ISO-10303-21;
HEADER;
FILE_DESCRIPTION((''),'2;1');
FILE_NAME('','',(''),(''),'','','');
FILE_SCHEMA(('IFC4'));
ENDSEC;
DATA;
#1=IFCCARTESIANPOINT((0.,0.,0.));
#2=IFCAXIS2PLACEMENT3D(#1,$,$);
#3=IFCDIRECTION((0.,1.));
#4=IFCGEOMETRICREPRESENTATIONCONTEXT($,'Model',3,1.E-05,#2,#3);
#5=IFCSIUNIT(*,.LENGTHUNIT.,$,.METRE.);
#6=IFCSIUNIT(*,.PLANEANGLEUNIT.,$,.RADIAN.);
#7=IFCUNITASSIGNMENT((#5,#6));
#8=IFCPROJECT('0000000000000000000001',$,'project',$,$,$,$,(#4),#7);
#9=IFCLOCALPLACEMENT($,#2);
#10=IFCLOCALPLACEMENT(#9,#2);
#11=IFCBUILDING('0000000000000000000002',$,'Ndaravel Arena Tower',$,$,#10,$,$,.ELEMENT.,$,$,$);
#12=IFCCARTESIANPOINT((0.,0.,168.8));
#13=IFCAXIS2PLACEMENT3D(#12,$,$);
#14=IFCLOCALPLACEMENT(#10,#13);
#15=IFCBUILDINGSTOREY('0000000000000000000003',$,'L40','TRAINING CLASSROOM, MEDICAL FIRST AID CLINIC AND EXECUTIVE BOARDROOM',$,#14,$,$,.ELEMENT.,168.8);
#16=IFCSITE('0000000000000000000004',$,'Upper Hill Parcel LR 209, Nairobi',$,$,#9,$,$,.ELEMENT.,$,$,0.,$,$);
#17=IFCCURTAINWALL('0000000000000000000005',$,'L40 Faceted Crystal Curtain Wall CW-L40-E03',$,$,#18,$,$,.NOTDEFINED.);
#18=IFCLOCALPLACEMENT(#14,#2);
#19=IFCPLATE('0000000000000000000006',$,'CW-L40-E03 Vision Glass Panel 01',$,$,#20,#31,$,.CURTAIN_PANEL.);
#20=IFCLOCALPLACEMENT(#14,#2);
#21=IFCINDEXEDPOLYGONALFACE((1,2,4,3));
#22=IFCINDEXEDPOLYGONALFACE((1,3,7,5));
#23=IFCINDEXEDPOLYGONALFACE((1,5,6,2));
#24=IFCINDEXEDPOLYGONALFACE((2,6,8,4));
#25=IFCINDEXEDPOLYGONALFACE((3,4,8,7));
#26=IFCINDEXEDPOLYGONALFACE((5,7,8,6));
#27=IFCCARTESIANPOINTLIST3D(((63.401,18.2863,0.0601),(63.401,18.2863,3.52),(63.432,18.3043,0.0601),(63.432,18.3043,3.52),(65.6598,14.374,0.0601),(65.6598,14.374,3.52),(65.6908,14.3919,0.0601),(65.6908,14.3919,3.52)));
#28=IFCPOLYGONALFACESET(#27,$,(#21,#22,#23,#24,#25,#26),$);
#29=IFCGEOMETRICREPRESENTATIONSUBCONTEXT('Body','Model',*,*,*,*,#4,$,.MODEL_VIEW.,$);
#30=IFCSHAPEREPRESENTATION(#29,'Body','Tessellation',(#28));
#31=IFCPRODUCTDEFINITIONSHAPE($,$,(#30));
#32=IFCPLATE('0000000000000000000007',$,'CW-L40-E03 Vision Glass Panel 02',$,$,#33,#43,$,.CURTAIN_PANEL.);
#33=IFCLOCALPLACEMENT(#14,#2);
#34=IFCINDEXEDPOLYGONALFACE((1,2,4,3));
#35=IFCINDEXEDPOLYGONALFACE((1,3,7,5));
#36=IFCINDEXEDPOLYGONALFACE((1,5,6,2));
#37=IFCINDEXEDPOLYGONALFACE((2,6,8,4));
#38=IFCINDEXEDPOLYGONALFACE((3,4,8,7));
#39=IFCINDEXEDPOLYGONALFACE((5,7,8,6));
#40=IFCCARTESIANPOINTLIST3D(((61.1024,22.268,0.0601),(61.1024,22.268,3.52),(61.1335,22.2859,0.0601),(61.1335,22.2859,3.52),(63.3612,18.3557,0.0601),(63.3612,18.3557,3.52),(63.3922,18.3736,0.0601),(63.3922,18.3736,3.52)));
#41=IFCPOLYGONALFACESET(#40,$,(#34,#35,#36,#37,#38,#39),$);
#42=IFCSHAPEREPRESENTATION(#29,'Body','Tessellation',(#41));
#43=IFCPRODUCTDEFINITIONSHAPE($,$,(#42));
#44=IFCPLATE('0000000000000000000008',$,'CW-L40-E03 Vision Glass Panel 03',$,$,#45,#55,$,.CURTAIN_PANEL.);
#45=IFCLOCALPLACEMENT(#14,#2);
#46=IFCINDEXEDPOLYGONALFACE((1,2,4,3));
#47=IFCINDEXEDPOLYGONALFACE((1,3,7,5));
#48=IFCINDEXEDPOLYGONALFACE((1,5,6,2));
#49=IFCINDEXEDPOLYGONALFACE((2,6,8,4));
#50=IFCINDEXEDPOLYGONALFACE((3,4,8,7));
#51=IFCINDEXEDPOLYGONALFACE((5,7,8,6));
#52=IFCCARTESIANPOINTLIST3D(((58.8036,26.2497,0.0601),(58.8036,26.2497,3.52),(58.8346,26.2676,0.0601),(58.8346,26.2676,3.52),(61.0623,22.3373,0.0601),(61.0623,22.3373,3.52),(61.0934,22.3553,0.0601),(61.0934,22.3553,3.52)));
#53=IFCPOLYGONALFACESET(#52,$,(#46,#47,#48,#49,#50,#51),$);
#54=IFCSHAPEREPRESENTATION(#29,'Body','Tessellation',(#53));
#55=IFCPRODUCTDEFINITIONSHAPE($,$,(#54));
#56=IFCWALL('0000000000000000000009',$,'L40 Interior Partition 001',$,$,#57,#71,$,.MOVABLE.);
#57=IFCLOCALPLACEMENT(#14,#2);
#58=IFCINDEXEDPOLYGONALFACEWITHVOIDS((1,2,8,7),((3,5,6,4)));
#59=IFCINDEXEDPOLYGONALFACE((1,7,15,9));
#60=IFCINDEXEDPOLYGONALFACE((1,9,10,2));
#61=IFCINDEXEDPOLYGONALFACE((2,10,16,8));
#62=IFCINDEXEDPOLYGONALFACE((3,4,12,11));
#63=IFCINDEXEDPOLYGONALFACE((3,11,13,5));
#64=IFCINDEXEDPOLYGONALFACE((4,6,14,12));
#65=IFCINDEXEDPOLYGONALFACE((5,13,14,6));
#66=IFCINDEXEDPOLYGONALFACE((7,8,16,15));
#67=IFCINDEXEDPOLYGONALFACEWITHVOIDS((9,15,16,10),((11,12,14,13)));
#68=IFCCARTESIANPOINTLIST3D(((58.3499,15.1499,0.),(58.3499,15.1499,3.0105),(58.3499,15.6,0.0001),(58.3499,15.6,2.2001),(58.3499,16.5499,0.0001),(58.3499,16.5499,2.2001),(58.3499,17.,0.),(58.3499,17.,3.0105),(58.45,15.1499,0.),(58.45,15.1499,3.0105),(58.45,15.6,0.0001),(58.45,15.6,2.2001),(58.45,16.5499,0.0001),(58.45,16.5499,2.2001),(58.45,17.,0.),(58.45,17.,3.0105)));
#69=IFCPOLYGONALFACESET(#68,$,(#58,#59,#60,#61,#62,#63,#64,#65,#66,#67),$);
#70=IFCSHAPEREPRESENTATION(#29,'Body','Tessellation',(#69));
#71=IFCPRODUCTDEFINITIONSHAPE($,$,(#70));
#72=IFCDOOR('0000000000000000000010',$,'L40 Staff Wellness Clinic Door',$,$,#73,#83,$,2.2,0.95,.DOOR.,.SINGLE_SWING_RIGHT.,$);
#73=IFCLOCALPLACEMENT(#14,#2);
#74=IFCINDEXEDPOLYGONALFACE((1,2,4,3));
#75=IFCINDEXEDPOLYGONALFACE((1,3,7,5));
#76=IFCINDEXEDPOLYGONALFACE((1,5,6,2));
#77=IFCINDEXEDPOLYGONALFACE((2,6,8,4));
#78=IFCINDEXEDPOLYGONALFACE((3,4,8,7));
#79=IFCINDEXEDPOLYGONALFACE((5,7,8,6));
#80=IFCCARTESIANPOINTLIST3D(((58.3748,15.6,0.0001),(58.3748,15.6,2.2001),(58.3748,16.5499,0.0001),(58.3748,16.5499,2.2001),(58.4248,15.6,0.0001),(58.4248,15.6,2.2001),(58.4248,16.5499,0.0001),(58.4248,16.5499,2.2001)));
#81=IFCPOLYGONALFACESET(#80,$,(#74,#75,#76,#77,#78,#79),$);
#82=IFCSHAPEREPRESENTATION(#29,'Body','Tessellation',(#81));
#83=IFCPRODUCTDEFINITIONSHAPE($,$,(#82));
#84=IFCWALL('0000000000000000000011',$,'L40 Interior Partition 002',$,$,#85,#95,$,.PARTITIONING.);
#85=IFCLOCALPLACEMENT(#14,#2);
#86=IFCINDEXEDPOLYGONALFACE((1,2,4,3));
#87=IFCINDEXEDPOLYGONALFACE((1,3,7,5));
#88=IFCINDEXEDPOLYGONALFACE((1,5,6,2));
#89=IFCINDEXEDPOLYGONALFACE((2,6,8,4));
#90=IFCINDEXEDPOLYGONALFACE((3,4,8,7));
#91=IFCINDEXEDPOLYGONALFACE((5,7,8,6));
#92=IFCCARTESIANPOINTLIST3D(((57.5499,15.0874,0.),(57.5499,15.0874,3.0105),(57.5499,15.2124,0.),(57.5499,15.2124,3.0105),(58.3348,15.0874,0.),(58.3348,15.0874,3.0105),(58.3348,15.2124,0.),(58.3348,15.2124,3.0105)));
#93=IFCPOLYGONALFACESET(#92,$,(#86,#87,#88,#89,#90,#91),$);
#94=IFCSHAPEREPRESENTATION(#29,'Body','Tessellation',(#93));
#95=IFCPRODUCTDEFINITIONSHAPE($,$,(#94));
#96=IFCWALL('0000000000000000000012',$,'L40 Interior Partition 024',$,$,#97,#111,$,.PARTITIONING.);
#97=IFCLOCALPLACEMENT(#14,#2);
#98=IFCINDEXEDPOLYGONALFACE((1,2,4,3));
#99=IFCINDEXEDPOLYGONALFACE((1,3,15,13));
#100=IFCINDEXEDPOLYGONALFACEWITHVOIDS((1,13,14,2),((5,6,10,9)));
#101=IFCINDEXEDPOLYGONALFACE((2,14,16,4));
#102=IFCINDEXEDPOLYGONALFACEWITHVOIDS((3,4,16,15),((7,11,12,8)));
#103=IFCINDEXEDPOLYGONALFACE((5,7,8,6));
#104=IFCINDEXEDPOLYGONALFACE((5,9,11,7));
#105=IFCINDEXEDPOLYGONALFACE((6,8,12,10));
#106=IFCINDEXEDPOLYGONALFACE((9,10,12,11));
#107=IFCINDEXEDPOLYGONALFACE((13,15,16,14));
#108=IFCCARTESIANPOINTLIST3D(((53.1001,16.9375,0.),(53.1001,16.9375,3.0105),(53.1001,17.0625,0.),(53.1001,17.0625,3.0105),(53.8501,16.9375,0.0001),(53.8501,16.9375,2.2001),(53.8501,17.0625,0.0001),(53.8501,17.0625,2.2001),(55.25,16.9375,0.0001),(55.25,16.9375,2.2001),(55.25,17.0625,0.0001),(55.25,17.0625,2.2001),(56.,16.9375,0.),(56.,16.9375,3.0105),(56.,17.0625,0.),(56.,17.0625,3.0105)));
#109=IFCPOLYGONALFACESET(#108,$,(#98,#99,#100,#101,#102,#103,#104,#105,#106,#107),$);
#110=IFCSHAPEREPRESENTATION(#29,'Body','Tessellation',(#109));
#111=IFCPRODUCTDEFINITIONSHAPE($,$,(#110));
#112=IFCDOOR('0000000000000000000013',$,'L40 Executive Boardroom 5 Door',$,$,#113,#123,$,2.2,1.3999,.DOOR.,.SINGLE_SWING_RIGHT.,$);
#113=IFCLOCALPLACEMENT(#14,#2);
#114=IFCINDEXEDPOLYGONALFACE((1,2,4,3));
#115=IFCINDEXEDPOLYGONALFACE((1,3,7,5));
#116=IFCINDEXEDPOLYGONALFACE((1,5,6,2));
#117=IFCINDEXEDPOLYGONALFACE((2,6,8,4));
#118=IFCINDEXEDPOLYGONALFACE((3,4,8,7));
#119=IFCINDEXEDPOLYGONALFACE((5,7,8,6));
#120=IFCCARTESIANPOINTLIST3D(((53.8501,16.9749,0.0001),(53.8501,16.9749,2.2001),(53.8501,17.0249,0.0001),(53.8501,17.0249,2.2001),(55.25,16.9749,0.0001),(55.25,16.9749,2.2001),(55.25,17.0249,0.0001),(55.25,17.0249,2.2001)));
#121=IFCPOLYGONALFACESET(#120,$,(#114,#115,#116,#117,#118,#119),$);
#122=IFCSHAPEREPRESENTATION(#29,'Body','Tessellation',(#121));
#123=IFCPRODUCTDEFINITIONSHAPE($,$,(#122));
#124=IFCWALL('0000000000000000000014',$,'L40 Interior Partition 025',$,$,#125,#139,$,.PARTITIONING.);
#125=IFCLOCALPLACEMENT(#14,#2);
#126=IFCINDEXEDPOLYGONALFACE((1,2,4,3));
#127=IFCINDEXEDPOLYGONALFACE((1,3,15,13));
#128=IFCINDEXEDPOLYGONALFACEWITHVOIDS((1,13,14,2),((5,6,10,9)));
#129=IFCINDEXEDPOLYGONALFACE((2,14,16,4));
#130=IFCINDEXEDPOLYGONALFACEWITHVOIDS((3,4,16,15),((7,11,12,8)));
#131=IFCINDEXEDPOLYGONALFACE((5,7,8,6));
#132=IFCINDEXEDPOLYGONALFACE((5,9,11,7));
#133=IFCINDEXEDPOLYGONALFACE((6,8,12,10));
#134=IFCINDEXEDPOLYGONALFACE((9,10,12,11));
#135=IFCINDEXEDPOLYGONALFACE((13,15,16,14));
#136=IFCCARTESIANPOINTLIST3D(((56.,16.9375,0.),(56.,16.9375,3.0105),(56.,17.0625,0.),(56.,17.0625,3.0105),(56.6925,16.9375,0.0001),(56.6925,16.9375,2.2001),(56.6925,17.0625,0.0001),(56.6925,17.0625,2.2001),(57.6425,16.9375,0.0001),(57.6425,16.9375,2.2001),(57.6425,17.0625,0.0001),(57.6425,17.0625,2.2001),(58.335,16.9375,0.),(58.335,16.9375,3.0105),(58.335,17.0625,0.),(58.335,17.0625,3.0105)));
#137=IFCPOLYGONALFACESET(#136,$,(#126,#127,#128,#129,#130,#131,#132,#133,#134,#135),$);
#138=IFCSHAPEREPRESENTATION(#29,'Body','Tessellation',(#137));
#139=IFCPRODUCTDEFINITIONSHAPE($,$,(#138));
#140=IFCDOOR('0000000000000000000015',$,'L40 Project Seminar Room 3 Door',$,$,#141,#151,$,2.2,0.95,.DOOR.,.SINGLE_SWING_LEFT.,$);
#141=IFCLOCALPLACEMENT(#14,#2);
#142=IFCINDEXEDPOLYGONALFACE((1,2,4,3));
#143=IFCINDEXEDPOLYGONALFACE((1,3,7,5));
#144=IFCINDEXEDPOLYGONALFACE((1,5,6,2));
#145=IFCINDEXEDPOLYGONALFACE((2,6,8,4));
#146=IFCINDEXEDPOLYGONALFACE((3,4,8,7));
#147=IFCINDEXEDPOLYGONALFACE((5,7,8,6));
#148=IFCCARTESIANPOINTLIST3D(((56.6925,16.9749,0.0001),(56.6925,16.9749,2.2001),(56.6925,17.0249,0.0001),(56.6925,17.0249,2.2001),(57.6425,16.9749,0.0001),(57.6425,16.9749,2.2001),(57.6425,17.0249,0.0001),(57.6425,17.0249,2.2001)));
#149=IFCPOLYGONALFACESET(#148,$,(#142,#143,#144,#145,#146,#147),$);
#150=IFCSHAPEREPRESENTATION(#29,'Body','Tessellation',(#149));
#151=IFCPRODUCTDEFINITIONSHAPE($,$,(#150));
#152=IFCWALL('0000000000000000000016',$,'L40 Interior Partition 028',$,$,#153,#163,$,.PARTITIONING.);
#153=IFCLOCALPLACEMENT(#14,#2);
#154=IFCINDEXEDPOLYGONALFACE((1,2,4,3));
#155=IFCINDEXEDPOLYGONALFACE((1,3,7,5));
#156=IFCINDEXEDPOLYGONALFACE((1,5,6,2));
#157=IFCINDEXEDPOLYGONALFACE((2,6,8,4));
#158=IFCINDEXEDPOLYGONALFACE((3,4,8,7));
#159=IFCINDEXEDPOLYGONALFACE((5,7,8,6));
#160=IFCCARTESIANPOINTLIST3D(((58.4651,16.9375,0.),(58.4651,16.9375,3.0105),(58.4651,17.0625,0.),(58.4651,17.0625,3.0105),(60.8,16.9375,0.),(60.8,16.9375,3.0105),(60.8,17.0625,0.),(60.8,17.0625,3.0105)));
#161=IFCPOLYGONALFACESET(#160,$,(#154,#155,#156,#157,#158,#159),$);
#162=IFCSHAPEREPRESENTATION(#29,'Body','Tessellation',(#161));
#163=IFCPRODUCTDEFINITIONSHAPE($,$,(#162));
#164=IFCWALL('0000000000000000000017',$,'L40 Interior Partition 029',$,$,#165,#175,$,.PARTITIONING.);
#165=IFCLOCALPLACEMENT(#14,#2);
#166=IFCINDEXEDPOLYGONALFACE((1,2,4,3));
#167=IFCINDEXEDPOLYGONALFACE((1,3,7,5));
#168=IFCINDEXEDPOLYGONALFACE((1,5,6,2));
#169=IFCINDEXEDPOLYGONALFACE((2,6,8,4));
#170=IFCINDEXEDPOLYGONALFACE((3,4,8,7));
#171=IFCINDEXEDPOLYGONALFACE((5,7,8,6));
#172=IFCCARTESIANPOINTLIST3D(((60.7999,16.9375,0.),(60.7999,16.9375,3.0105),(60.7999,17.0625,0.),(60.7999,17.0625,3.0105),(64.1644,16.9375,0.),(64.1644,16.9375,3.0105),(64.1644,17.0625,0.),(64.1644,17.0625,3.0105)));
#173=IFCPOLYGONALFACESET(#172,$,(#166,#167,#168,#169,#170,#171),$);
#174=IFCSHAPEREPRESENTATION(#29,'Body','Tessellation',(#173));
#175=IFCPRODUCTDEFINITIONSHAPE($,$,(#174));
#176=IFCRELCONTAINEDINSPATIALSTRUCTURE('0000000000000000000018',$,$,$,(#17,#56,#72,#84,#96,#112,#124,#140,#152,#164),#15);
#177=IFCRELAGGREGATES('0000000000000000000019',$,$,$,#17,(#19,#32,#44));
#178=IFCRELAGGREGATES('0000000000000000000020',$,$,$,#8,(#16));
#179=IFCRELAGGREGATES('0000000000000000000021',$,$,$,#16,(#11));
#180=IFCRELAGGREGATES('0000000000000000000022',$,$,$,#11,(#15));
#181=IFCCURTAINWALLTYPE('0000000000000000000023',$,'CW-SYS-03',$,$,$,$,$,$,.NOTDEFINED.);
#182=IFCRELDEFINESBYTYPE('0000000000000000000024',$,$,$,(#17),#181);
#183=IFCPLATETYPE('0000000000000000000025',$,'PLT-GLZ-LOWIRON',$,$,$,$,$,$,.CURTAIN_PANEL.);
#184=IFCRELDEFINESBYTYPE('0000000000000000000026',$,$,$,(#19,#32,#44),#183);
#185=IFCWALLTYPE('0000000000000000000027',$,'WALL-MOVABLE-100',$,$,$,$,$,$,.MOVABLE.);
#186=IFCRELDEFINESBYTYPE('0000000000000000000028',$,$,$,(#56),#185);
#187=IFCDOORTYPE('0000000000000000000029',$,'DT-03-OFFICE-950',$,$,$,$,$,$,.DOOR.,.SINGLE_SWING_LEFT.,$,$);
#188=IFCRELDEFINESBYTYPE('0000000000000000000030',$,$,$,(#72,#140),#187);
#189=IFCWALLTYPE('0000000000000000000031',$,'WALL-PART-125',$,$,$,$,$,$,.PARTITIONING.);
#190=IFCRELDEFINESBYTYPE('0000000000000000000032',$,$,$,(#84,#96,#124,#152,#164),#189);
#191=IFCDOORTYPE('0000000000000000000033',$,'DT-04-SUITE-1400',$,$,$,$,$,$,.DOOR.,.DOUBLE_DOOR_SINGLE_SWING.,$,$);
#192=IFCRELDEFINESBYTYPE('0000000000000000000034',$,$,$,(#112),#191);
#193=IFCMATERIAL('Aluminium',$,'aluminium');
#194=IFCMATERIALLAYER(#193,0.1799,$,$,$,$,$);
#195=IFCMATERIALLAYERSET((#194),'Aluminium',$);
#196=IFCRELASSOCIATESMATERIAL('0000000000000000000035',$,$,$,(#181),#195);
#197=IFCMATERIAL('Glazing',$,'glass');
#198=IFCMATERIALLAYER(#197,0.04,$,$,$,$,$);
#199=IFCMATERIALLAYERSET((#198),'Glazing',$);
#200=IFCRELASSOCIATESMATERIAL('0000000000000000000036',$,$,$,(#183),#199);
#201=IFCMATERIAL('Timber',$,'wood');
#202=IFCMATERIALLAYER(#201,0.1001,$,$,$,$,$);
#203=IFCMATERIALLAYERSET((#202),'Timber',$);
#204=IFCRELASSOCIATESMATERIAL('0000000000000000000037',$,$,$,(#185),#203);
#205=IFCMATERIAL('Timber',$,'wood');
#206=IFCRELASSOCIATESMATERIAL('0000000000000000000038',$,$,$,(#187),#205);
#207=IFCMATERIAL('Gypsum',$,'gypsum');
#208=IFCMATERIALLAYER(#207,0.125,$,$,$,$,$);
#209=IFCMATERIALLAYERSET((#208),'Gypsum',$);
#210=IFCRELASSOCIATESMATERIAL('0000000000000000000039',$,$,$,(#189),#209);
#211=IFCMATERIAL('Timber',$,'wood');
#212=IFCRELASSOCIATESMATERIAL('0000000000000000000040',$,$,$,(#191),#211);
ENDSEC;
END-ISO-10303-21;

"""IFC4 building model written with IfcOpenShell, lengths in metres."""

from ifc_helpers import new_model, si_unit, direction, frame, frame_2d, origin, origin_2d, place, context, subcontext, project, spatial, rectangle, extrude, material, layer, layer_set, type_object, element, fill, aggregate, save


model = new_model("IFC4")

# Units and contexts
model_context = context("Model", 3, precision=1e-05, world=origin(), true_north=direction((0.0, 1.0)))
body_context = subcontext(model_context, "Body", "Model", "MODEL_VIEW")
ifc_project = project(units=[si_unit("LENGTHUNIT", "METRE"), si_unit("PLANEANGLEUNIT", "RADIAN")], contexts=[model_context])

# Site, building, storey
site_placement = place(None, origin())
site = spatial("IfcSite", under=ifc_project, at=site_placement, Name="Upper Hill Parcel LR 209, Nairobi", CompositionType="ELEMENT", RefElevation=0.0)
building_placement = place(site_placement, origin())
building = spatial("IfcBuilding", under=site, at=building_placement, Name="Ndaravel Arena Tower", CompositionType="ELEMENT")
storey_placement = place(building_placement, frame((0.0, 0.0, 168.8)))
storey = spatial("IfcBuildingStorey", under=building, at=storey_placement, Name="L40", Description="TRAINING CLASSROOM, MEDICAL FIRST AID CLINIC AND EXECUTIVE BOARDROOM", CompositionType="ELEMENT", Elevation=168.8)

# Curtain wall, plates
ifc_material_1 = material(Name="Aluminium", Category="aluminium")
ifc_layer_1 = layer(ifc_material_1, 0.1799)
ifc_layer_set_1 = layer_set([ifc_layer_1], Name="Aluminium")
curtain_wall_type = type_object("IfcCurtainWallType", Name="CW-SYS-03", PredefinedType="NOTDEFINED", material=ifc_layer_set_1)
curtain_wall_placement = place(storey_placement, origin())
curtain_wall = element("IfcCurtainWall", 1, at=curtain_wall_placement, inside=storey, type_object=curtain_wall_type, Name="L40 Faceted Crystal Curtain Wall CW-L40-E03", PredefinedType="NOTDEFINED")
ifc_material_2 = material(Name="Glazing", Category="glass")
ifc_layer_2 = layer(ifc_material_2, 0.04)
ifc_layer_set_2 = layer_set([ifc_layer_2], Name="Glazing")
plate_type = type_object("IfcPlateType", Name="PLT-GLZ-LOWIRON", PredefinedType="CURTAIN_PANEL", material=ifc_layer_set_2)
plate_1_placement = place(storey_placement, frame((64.5459, 16.3391, 0.0601), z_axis=(0.0, 0.0, 1.0), x_axis=(-0.5, 0.866025, 0.0)))
plate_1 = element("IfcPlate", 2, at=plate_1_placement, type_object=plate_type, Name="CW-L40-E03 Vision Glass Panel 01", PredefinedType="CURTAIN_PANEL", context=body_context, shape_type="SweptSolid", body=[
    extrude(rectangle(XDim=4.5176, YDim=0.0359, at=origin_2d()), origin(), (0.0, 0.0, 1.0), 3.46),
])
plate_2_placement = place(storey_placement, frame((62.2473, 20.3208, 0.0601), z_axis=(0.0, 0.0, 1.0), x_axis=(-0.5, 0.866025, 0.0)))
plate_2 = element("IfcPlate", 3, at=plate_2_placement, type_object=plate_type, Name="CW-L40-E03 Vision Glass Panel 02", PredefinedType="CURTAIN_PANEL", context=body_context, shape_type="SweptSolid", body=[
    extrude(rectangle(XDim=4.5176, YDim=0.0359, at=origin_2d()), origin(), (0.0, 0.0, 1.0), 3.46),
])
plate_3_placement = place(storey_placement, frame((59.9485, 24.3025, 0.0601), z_axis=(0.0, 0.0, 1.0), x_axis=(-0.5, 0.866025, 0.0)))
plate_3 = element("IfcPlate", 4, at=plate_3_placement, type_object=plate_type, Name="CW-L40-E03 Vision Glass Panel 03", PredefinedType="CURTAIN_PANEL", context=body_context, shape_type="SweptSolid", body=[
    extrude(rectangle(XDim=4.5176, YDim=0.0359, at=origin_2d()), origin(), (0.0, 0.0, 1.0), 3.46),
])
aggregate(curtain_wall, [plate_1, plate_2, plate_3])

# Wall, opening, door
ifc_material_3 = material(Name="Timber", Category="wood")
ifc_layer_3 = layer(ifc_material_3, 0.1001)
ifc_layer_set_3 = layer_set([ifc_layer_3], Name="Timber")
wall_type_1 = type_object("IfcWallType", Name="WALL-MOVABLE-100", PredefinedType="MOVABLE", material=ifc_layer_set_3)
wall_1_placement = place(storey_placement, frame((58.3999, 17.0, 0.0), z_axis=(0.0, 0.0, 1.0), x_axis=(0.0, -1.0, 0.0)))
wall_1 = element("IfcWall", 5, at=wall_1_placement, inside=storey, type_object=wall_type_1, Name="L40 Interior Partition 001", PredefinedType="MOVABLE", context=body_context, shape_type="SweptSolid", body=[
    extrude(rectangle(XDim=1.8501, YDim=0.1001, at=frame_2d((0.925, 0.0))), origin(), (0.0, 0.0, 1.0), 3.0105),
])
opening_1_placement = place(wall_1_placement, frame((0.45, 0.0, 0.0)))
opening_1 = element("IfcOpeningElement", 6, at=opening_1_placement, cuts=wall_1, PredefinedType="OPENING", context=body_context, shape_type="SweptSolid", body=[
    extrude(rectangle(XDim=0.95, YDim=2.2, at=frame_2d((0.4751, 1.1001))), frame((0.0, 0.05, 0.0), z_axis=(0.0, -1.0, 0.0), x_axis=(1.0, 0.0, 0.0)), (0.0, 0.0, 1.0), 0.1001),
])
ifc_material_4 = material(Name="Timber", Category="wood")
door_type_1 = type_object("IfcDoorType", Name="DT-03-OFFICE-950", OperationType="SINGLE_SWING_LEFT", PredefinedType="DOOR", material=ifc_material_4)
door_1_placement = place(opening_1_placement, origin())
door_1 = element("IfcDoor", 7, at=door_1_placement, inside=storey, type_object=door_type_1, Name="L40 Staff Wellness Clinic Door", OperationType="SINGLE_SWING_RIGHT", OverallHeight=2.2, OverallWidth=0.95, PredefinedType="DOOR", context=body_context, shape_type="SweptSolid", body=[
    extrude(rectangle(XDim=0.95, YDim=2.2, at=frame_2d((0.4751, 1.1001))), frame((0.0, 0.0249, 0.0), z_axis=(0.0, -1.0, 0.0), x_axis=(1.0, 0.0, 0.0)), (0.0, 0.0, 1.0), 0.05),
])
fill(opening_1, door_1)

# Wall
ifc_material_5 = material(Name="Gypsum", Category="gypsum")
ifc_layer_4 = layer(ifc_material_5, 0.125)
ifc_layer_set_4 = layer_set([ifc_layer_4], Name="Gypsum")
wall_type_2 = type_object("IfcWallType", Name="WALL-PART-125", PredefinedType="PARTITIONING", material=ifc_layer_set_4)
wall_2_placement = place(storey_placement, frame((58.335, 15.1499, 0.0), z_axis=(0.0, 0.0, 1.0), x_axis=(-1.0, 0.0, 0.0)))
element("IfcWall", 8, at=wall_2_placement, inside=storey, type_object=wall_type_2, Name="L40 Interior Partition 002", PredefinedType="PARTITIONING", context=body_context, shape_type="SweptSolid", body=[
    extrude(rectangle(XDim=0.7849, YDim=0.125, at=frame_2d((0.3926, 0.0))), origin(), (0.0, 0.0, 1.0), 3.0105),
])

# Walls, openings, doors
wall_3_placement = place(storey_placement, frame((53.1001, 17.0, 0.0), z_axis=(0.0, 0.0, 1.0), x_axis=(1.0, 0.0, 0.0)))
wall_3 = element("IfcWall", 9, at=wall_3_placement, inside=storey, type_object=wall_type_2, Name="L40 Interior Partition 024", PredefinedType="PARTITIONING", context=body_context, shape_type="SweptSolid", body=[
    extrude(rectangle(XDim=2.8999, YDim=0.125, at=frame_2d((1.45, 0.0))), origin(), (0.0, 0.0, 1.0), 3.0105),
])
opening_2_placement = place(wall_3_placement, frame((0.75, 0.0, 0.0)))
opening_2 = element("IfcOpeningElement", 10, at=opening_2_placement, cuts=wall_3, PredefinedType="OPENING", context=body_context, shape_type="SweptSolid", body=[
    extrude(rectangle(XDim=1.3999, YDim=2.2, at=frame_2d((0.7, 1.1001))), frame((0.0, 0.0625, 0.0), z_axis=(0.0, -1.0, 0.0), x_axis=(1.0, 0.0, 0.0)), (0.0, 0.0, 1.0), 0.125),
])
ifc_material_6 = material(Name="Timber", Category="wood")
door_type_2 = type_object("IfcDoorType", Name="DT-04-SUITE-1400", OperationType="DOUBLE_DOOR_SINGLE_SWING", PredefinedType="DOOR", material=ifc_material_6)
door_2_placement = place(opening_2_placement, origin())
door_2 = element("IfcDoor", 11, at=door_2_placement, inside=storey, type_object=door_type_2, Name="L40 Executive Boardroom 5 Door", OperationType="SINGLE_SWING_RIGHT", OverallHeight=2.2, OverallWidth=1.3999, PredefinedType="DOOR", context=body_context, shape_type="SweptSolid", body=[
    extrude(rectangle(XDim=1.3999, YDim=2.2, at=frame_2d((0.7, 1.1001))), frame((0.0, 0.0249, 0.0), z_axis=(0.0, -1.0, 0.0), x_axis=(1.0, 0.0, 0.0)), (0.0, 0.0, 1.0), 0.05),
])
fill(opening_2, door_2)
wall_4_placement = place(storey_placement, frame((56.0, 17.0, 0.0), z_axis=(0.0, 0.0, 1.0), x_axis=(1.0, 0.0, 0.0)))
wall_4 = element("IfcWall", 12, at=wall_4_placement, inside=storey, type_object=wall_type_2, Name="L40 Interior Partition 025", PredefinedType="PARTITIONING", context=body_context, shape_type="SweptSolid", body=[
    extrude(rectangle(XDim=2.335, YDim=0.125, at=frame_2d((1.1675, 0.0))), origin(), (0.0, 0.0, 1.0), 3.0105),
])
opening_3_placement = place(wall_4_placement, frame((0.6924, 0.0, 0.0)))
opening_3 = element("IfcOpeningElement", 13, at=opening_3_placement, cuts=wall_4, PredefinedType="OPENING", context=body_context, shape_type="SweptSolid", body=[
    extrude(rectangle(XDim=0.95, YDim=2.2, at=frame_2d((0.4751, 1.1001))), frame((0.0, 0.0625, 0.0), z_axis=(0.0, -1.0, 0.0), x_axis=(1.0, 0.0, 0.0)), (0.0, 0.0, 1.0), 0.125),
])
door_3_placement = place(opening_3_placement, origin())
door_3 = element("IfcDoor", 14, at=door_3_placement, inside=storey, type_object=door_type_1, Name="L40 Project Seminar Room 3 Door", OperationType="SINGLE_SWING_LEFT", OverallHeight=2.2, OverallWidth=0.95, PredefinedType="DOOR", context=body_context, shape_type="SweptSolid", body=[
    extrude(rectangle(XDim=0.95, YDim=2.2, at=frame_2d((0.4751, 1.1001))), frame((0.0, 0.0249, 0.0), z_axis=(0.0, -1.0, 0.0), x_axis=(1.0, 0.0, 0.0)), (0.0, 0.0, 1.0), 0.05),
])
fill(opening_3, door_3)

# Walls
wall_5_placement = place(storey_placement, frame((58.4651, 17.0, 0.0), z_axis=(0.0, 0.0, 1.0), x_axis=(1.0, 0.0, 0.0)))
element("IfcWall", 15, at=wall_5_placement, inside=storey, type_object=wall_type_2, Name="L40 Interior Partition 028", PredefinedType="PARTITIONING", context=body_context, shape_type="SweptSolid", body=[
    extrude(rectangle(XDim=2.335, YDim=0.125, at=frame_2d((1.1675, 0.0))), origin(), (0.0, 0.0, 1.0), 3.0105),
])
wall_6_placement = place(storey_placement, frame((60.8, 17.0, 0.0), z_axis=(0.0, 0.0, 1.0), x_axis=(1.0, 0.0, 0.0)))
element("IfcWall", 16, at=wall_6_placement, inside=storey, type_object=wall_type_2, Name="L40 Interior Partition 029", PredefinedType="PARTITIONING", context=body_context, shape_type="SweptSolid", body=[
    extrude(rectangle(XDim=3.3645, YDim=0.125, at=frame_2d((1.6821, 0.0))), origin(), (0.0, 0.0, 1.0), 3.0105),
])

save(model, "model.ifc")
